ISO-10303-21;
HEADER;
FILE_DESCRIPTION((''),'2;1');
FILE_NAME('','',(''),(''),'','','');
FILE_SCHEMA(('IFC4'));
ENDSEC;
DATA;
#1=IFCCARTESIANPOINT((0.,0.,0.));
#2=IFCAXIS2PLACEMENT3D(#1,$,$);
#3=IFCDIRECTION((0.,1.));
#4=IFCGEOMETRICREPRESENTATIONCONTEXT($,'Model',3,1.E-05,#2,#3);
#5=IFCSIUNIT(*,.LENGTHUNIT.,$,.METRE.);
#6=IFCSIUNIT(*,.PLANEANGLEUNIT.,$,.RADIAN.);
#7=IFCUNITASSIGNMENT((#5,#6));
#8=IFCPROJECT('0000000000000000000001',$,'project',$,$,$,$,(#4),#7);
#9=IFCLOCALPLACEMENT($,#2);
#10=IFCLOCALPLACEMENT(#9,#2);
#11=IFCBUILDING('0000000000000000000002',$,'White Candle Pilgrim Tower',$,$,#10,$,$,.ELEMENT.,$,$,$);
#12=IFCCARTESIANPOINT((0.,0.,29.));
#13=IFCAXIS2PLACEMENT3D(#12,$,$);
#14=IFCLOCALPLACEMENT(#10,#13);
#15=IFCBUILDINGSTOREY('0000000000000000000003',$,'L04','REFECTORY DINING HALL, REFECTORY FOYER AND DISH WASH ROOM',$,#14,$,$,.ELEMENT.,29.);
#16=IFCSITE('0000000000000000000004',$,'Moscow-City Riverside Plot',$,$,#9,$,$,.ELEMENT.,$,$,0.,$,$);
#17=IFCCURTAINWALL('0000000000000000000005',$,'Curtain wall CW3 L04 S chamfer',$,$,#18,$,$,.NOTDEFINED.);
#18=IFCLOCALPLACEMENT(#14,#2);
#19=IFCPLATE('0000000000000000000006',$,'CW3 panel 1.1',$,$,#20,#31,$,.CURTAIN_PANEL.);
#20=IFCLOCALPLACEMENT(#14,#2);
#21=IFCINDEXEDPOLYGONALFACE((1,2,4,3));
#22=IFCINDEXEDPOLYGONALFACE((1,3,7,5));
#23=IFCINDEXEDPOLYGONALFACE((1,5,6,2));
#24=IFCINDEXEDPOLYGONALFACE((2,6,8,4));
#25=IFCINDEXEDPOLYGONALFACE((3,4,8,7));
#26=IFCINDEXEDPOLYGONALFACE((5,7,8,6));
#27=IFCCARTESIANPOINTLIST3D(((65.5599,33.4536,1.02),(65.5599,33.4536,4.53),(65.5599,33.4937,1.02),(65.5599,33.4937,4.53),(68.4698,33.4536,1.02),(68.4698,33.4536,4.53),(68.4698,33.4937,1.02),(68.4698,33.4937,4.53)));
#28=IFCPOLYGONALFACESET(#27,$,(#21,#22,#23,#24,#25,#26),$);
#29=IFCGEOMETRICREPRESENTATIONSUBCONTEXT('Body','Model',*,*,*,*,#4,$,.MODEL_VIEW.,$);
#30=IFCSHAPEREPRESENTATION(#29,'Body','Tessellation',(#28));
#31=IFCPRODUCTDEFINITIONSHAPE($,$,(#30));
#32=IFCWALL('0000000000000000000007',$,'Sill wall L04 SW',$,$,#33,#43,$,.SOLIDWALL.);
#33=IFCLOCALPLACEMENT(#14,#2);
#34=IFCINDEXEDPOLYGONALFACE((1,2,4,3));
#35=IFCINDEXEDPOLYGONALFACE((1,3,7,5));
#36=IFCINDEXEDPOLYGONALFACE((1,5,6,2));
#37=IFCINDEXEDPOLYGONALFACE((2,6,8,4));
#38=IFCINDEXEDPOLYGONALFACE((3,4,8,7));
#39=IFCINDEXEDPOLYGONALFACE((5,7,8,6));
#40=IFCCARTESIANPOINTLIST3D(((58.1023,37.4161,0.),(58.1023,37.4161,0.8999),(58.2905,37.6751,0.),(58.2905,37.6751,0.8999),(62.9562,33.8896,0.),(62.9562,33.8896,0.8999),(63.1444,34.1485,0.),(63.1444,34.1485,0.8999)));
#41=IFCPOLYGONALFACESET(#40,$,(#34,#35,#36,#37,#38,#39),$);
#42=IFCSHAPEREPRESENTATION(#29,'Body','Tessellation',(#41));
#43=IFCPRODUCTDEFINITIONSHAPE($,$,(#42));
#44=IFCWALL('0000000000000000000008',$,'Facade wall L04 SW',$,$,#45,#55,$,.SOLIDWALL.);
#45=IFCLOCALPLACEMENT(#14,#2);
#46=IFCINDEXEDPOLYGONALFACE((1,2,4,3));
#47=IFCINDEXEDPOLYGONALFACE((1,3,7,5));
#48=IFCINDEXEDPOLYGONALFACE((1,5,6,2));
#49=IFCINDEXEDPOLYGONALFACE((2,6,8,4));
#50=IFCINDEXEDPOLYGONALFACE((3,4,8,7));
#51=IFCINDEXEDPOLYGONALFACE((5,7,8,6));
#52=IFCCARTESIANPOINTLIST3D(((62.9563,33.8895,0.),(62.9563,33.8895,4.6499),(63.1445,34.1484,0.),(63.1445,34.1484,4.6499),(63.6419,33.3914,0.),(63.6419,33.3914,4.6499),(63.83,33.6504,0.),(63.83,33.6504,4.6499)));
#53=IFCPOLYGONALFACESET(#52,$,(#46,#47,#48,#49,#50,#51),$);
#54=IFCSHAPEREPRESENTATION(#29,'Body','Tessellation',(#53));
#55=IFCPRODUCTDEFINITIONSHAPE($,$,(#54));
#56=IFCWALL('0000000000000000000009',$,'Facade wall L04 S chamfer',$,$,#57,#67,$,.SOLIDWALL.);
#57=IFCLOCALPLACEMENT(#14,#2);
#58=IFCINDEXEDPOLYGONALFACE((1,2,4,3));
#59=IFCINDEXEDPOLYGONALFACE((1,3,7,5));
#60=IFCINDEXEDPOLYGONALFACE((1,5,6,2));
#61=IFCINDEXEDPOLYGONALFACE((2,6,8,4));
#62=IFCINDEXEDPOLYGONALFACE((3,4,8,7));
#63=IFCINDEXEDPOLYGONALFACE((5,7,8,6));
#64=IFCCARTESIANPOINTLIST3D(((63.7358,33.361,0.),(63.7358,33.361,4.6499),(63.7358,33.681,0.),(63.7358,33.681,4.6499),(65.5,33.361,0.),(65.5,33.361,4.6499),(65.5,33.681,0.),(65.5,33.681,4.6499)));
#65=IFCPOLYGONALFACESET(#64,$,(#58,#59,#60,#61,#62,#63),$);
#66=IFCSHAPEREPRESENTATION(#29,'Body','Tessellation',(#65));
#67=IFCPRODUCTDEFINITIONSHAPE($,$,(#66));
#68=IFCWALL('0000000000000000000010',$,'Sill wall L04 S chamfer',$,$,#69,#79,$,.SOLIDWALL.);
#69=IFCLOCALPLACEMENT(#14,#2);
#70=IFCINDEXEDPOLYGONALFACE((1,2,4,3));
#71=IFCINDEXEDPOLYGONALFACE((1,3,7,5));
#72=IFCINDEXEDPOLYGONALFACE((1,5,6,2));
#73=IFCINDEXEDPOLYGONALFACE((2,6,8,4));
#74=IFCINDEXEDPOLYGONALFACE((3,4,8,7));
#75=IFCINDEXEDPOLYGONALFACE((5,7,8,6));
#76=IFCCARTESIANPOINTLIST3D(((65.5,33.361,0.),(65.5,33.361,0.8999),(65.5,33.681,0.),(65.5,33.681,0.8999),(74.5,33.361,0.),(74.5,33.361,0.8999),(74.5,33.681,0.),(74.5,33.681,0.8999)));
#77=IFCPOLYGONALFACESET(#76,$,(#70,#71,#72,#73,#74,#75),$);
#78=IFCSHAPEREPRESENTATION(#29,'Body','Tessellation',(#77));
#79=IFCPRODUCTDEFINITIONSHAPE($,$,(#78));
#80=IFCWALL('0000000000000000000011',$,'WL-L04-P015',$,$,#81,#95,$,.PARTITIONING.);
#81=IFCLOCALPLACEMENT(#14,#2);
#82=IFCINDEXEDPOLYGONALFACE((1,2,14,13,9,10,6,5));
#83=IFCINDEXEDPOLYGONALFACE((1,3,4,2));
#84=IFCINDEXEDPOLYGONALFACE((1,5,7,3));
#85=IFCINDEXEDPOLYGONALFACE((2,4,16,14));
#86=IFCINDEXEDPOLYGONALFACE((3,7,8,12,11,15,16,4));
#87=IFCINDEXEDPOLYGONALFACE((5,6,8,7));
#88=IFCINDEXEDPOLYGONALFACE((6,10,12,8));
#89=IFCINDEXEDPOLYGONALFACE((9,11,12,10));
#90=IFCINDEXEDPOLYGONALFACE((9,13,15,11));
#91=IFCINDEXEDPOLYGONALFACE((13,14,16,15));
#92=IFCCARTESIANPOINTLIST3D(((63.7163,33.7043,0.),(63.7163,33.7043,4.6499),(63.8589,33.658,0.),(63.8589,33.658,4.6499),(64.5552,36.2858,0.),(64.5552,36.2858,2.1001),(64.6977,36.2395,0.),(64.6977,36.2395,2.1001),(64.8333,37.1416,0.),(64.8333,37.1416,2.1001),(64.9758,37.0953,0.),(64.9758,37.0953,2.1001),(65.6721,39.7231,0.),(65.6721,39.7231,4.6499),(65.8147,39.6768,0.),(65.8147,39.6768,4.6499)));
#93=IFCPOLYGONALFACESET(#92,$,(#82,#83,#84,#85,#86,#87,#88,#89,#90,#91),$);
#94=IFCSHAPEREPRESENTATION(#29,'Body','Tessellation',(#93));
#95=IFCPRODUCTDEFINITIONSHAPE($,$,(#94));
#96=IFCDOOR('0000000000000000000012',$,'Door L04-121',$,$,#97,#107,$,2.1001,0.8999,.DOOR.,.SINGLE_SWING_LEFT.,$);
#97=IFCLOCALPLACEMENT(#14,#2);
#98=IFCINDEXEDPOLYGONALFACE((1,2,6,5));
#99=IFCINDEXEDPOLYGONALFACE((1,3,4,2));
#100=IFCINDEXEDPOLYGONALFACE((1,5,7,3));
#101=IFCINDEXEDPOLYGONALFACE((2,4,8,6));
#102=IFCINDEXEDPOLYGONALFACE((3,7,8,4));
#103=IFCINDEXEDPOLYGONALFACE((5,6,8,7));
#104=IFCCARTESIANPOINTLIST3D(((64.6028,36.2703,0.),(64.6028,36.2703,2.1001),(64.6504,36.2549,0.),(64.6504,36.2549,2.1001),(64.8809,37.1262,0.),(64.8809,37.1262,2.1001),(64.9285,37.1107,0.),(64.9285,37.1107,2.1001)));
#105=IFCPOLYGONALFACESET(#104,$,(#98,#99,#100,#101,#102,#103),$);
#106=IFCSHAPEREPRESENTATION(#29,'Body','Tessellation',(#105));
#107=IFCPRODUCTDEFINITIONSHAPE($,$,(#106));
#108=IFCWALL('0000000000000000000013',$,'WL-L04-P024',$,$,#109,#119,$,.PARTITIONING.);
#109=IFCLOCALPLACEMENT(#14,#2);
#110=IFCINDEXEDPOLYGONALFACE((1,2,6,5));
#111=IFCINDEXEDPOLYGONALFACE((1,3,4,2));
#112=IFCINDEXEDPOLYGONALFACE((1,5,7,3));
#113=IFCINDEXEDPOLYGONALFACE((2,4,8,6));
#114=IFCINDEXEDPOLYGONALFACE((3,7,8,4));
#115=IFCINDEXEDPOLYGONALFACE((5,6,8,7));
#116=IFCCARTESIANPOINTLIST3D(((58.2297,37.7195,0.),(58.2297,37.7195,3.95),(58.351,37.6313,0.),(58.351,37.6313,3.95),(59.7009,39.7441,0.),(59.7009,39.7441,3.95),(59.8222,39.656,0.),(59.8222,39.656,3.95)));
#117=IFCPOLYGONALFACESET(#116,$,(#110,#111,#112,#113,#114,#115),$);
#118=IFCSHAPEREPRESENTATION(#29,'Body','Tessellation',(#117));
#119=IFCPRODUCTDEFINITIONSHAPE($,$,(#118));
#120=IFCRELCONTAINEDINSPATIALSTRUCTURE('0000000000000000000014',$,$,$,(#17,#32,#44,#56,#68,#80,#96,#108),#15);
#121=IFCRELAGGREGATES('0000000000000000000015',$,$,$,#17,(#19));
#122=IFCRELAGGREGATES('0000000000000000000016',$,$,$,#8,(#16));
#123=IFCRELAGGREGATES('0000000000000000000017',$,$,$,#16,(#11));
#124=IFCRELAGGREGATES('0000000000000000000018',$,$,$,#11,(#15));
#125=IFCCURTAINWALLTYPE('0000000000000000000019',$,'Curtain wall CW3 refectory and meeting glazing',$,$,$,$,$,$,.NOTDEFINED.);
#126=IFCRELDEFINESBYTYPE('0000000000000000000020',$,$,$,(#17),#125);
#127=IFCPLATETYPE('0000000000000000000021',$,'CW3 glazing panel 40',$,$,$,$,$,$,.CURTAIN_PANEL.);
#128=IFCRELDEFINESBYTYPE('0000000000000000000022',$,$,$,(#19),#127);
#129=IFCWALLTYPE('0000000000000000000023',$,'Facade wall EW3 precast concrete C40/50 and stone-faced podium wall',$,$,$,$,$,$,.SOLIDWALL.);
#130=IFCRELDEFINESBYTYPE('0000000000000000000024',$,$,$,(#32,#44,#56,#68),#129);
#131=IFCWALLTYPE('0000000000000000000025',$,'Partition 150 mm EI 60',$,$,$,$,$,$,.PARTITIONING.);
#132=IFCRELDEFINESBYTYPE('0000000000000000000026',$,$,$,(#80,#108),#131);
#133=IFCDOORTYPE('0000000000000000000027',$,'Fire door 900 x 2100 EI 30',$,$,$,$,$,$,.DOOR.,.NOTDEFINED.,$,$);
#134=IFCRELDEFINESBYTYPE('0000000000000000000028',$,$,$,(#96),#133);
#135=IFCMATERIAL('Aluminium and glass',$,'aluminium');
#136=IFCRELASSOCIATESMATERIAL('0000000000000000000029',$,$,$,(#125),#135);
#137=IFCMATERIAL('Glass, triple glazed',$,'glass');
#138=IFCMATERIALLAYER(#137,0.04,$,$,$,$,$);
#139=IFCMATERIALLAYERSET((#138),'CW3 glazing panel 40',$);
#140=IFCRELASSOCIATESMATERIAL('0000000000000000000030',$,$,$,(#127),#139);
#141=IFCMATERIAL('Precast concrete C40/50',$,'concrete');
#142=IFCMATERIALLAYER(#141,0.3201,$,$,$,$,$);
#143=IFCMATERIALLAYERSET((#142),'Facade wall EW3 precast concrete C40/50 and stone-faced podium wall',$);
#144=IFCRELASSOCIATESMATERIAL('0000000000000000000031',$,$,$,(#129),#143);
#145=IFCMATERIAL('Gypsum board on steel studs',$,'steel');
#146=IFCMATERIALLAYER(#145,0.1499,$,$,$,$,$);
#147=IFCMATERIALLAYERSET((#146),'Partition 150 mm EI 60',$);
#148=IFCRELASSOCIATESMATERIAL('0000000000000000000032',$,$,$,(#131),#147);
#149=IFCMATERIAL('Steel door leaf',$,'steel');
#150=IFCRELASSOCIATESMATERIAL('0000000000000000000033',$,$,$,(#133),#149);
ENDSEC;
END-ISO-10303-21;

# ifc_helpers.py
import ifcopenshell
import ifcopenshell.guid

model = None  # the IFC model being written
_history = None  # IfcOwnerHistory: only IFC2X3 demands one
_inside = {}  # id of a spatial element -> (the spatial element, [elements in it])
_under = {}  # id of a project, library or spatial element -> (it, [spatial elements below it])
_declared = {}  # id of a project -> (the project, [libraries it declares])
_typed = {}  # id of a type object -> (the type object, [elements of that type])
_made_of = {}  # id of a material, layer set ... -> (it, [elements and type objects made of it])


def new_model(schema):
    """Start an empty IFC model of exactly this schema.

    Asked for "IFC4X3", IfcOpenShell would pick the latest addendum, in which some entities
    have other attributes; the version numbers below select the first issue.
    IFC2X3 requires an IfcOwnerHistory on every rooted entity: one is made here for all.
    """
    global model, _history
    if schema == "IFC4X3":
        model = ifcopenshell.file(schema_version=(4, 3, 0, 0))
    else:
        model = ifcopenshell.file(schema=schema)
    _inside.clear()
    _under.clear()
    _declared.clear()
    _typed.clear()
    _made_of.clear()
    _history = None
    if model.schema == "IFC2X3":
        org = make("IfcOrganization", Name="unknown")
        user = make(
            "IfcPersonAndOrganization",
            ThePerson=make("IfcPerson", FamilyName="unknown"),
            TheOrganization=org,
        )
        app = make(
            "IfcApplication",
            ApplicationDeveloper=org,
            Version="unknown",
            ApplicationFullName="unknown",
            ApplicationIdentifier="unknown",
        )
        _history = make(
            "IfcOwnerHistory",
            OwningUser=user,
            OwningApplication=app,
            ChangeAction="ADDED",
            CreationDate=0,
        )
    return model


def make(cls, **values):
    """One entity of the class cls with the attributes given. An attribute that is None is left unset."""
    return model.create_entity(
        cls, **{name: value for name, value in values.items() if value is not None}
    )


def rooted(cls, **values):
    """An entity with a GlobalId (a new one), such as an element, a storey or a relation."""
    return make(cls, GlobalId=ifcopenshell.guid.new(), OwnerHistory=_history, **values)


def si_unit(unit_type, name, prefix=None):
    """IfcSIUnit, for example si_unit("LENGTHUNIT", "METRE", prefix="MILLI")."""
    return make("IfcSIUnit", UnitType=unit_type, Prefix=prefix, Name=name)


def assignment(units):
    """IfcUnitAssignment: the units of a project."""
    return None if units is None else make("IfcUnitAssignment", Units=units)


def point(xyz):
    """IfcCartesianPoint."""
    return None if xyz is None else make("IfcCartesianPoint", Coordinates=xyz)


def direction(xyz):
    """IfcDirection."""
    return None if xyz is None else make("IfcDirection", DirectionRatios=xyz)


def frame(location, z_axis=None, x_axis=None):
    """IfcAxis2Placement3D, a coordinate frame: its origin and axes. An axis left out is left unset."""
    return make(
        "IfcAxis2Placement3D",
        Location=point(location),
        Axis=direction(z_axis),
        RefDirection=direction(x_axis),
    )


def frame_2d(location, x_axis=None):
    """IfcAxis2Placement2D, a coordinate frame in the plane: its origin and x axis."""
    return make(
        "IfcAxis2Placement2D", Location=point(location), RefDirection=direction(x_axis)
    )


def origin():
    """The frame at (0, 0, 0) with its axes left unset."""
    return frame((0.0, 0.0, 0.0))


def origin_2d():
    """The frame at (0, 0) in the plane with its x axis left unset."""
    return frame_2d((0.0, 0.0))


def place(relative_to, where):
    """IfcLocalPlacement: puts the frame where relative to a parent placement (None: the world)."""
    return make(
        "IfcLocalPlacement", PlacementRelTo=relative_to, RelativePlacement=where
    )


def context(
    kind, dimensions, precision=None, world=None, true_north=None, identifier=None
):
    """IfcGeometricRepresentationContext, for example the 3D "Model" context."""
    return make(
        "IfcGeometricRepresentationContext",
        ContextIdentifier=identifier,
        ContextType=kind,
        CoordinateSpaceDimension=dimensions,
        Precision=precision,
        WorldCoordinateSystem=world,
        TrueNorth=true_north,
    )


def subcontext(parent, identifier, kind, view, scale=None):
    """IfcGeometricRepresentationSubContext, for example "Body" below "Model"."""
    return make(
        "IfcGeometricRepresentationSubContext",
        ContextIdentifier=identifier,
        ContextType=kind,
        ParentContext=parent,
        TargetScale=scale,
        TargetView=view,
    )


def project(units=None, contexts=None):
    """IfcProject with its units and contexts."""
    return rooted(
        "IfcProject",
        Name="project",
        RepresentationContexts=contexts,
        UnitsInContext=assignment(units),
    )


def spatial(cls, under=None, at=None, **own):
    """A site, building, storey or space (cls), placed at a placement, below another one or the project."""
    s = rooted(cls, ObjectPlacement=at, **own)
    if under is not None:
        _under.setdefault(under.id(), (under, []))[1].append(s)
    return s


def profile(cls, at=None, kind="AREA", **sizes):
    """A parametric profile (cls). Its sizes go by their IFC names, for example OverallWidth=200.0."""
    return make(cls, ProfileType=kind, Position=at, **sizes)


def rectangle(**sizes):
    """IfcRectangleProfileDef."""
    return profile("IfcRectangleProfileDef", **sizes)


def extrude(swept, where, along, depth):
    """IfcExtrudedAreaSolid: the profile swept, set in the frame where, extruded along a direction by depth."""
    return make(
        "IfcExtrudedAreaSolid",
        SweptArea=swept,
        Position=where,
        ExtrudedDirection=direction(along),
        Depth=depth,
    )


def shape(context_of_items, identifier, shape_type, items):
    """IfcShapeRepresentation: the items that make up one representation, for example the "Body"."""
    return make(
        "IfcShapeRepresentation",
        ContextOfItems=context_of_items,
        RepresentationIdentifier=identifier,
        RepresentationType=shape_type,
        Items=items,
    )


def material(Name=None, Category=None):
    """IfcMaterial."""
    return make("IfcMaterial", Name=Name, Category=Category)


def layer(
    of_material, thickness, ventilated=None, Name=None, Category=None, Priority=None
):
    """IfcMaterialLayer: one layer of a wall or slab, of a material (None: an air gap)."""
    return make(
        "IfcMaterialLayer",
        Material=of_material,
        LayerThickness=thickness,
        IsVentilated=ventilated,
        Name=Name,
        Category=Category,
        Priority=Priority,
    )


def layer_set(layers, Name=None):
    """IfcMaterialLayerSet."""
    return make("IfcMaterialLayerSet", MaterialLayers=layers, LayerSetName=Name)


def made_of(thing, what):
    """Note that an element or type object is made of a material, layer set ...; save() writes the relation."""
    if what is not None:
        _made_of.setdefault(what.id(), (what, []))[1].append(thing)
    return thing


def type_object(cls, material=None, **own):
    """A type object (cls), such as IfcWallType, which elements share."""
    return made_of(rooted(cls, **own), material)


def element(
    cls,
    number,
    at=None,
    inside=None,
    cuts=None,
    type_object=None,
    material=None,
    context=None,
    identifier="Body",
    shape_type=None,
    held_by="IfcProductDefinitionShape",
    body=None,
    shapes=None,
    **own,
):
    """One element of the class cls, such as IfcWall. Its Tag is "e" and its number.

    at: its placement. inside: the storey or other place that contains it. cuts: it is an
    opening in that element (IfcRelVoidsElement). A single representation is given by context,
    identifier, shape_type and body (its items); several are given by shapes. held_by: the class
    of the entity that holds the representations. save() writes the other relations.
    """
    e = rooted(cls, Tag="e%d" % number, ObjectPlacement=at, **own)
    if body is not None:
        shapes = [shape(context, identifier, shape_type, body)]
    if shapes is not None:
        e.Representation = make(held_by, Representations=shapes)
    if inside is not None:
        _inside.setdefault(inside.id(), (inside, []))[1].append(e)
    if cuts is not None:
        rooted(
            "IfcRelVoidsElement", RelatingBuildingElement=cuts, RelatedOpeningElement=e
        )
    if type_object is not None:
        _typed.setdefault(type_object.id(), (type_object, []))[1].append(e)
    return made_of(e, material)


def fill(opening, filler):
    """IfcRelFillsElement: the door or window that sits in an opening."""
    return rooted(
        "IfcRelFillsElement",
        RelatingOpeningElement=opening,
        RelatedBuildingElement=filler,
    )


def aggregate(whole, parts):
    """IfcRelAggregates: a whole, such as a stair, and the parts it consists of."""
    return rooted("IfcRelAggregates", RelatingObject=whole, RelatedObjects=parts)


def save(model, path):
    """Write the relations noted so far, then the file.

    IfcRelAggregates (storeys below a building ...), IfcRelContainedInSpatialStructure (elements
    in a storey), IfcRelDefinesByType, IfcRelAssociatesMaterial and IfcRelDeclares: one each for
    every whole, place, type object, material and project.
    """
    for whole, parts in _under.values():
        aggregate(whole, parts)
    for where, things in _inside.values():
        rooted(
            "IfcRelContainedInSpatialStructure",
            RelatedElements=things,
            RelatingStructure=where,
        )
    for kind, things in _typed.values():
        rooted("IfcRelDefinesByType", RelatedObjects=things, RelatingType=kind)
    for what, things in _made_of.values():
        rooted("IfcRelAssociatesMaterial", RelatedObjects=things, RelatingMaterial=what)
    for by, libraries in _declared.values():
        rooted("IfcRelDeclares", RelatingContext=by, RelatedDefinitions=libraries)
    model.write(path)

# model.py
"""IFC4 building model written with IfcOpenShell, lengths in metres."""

from ifc_helpers import new_model, si_unit, direction, frame, frame_2d, origin, origin_2d, place, context, subcontext, project, spatial, rectangle, extrude, material, layer, layer_set, type_object, element, fill, aggregate, save


model = new_model("IFC4")

# Units and contexts
model_context = context("Model", 3, precision=1e-05, world=origin(), true_north=direction((0.0, 1.0)))
body_context = subcontext(model_context, "Body", "Model", "MODEL_VIEW")
ifc_project = project(units=[si_unit("LENGTHUNIT", "METRE"), si_unit("PLANEANGLEUNIT", "RADIAN")], contexts=[model_context])

# Site, building, storey
site_placement = place(None, origin())
site = spatial("IfcSite", under=ifc_project, at=site_placement, Name="Moscow-City Riverside Plot", CompositionType="ELEMENT", RefElevation=0.0)
building_placement = place(site_placement, origin())
building = spatial("IfcBuilding", under=site, at=building_placement, Name="White Candle Pilgrim Tower", CompositionType="ELEMENT")
storey_placement = place(building_placement, frame((0.0, 0.0, 29.0)))
storey = spatial("IfcBuildingStorey", under=building, at=storey_placement, Name="L04", Description="REFECTORY DINING HALL, REFECTORY FOYER AND DISH WASH ROOM", CompositionType="ELEMENT", Elevation=29.0)

# Shared definitions
ifc_material_1 = material(Name="Aluminium and glass", Category="aluminium")
curtain_wall_type = type_object("IfcCurtainWallType", Name="Curtain wall CW3 refectory and meeting glazing", PredefinedType="NOTDEFINED", material=ifc_material_1)

# Curtain wall
curtain_wall_1_placement = place(storey_placement, origin())
curtain_wall_1 = element("IfcCurtainWall", 1, at=curtain_wall_1_placement, inside=storey, type_object=curtain_wall_type, Name="Curtain wall CW3 L04 S chamfer", PredefinedType="NOTDEFINED")

# Plate
ifc_material_2 = material(Name="Glass, triple glazed", Category="glass")
ifc_layer_1 = layer(ifc_material_2, 0.04)
ifc_layer_set_1 = layer_set([ifc_layer_1], Name="CW3 glazing panel 40")
plate_type = type_object("IfcPlateType", Name="CW3 glazing panel 40", PredefinedType="CURTAIN_PANEL", material=ifc_layer_set_1)
plate_1_placement = place(storey_placement, frame((67.0149, 33.4736, 1.02), z_axis=(0.0, 0.0, 1.0), x_axis=(1.0, 0.0, 0.0)))
plate_1 = element("IfcPlate", 2, at=plate_1_placement, type_object=plate_type, Name="CW3 panel 1.1", PredefinedType="CURTAIN_PANEL", context=body_context, shape_type="SweptSolid", body=[
    extrude(rectangle(XDim=2.9099, YDim=0.04, at=origin_2d()), origin(), (0.0, 0.0, 1.0), 3.51),
])
aggregate(curtain_wall_1, [plate_1])

# Walls
ifc_material_3 = material(Name="Precast concrete C40/50", Category="concrete")
ifc_layer_2 = layer(ifc_material_3, 0.3201)
ifc_layer_set_2 = layer_set([ifc_layer_2], Name="Facade wall EW3 precast concrete C40/50 and stone-faced podium wall")
wall_type_1 = type_object("IfcWallType", Name="Facade wall EW3 precast concrete C40/50 and stone-faced podium wall", PredefinedType="SOLIDWALL", material=ifc_layer_set_2)
wall_1_placement = place(storey_placement, frame((58.1963, 37.5457, 0.0), z_axis=(0.0, 0.0, 1.0), x_axis=(0.809019, -0.587782, 0.0)))
element("IfcWall", 3, at=wall_1_placement, inside=storey, type_object=wall_type_1, Name="Sill wall L04 SW", PredefinedType="SOLIDWALL", context=body_context, shape_type="SweptSolid", body=[
    extrude(rectangle(XDim=5.9998, YDim=0.3201, at=frame_2d((3.0, 0.0))), origin(), (0.0, 0.0, 1.0), 0.8999),
])
wall_2_placement = place(storey_placement, frame((63.0503, 34.019, 0.0), z_axis=(0.0, 0.0, 1.0), x_axis=(0.809035, -0.58776, 0.0)))
element("IfcWall", 4, at=wall_2_placement, inside=storey, type_object=wall_type_1, Name="Facade wall L04 SW", PredefinedType="SOLIDWALL", context=body_context, shape_type="SweptSolid", body=[
    extrude(rectangle(XDim=0.8474, YDim=0.3201, at=frame_2d((0.4238, 0.0))), origin(), (0.0, 0.0, 1.0), 4.6499),
])
wall_3_placement = place(storey_placement, frame((63.7358, 33.521, 0.0), z_axis=(0.0, 0.0, 1.0), x_axis=(1.0, 0.0, 0.0)))
element("IfcWall", 5, at=wall_3_placement, inside=storey, type_object=wall_type_1, Name="Facade wall L04 S chamfer", PredefinedType="SOLIDWALL", context=body_context, shape_type="SweptSolid", body=[
    extrude(rectangle(XDim=1.7642, YDim=0.3201, at=frame_2d((0.8821, 0.0))), origin(), (0.0, 0.0, 1.0), 4.6499),
])
wall_4_placement = place(storey_placement, frame((65.5, 33.521, 0.0), z_axis=(0.0, 0.0, 1.0), x_axis=(1.0, 0.0, 0.0)))
element("IfcWall", 6, at=wall_4_placement, inside=storey, type_object=wall_type_1, Name="Sill wall L04 S chamfer", PredefinedType="SOLIDWALL", context=body_context, shape_type="SweptSolid", body=[
    extrude(rectangle(XDim=9.0, YDim=0.3201, at=frame_2d((4.5, 0.0))), origin(), (0.0, 0.0, 1.0), 0.8999),
])

# Wall, opening, door
ifc_material_4 = material(Name="Gypsum board on steel studs", Category="steel")
ifc_layer_3 = layer(ifc_material_4, 0.1499)
ifc_layer_set_3 = layer_set([ifc_layer_3], Name="Partition 150 mm EI 60")
wall_type_2 = type_object("IfcWallType", Name="Partition 150 mm EI 60", PredefinedType="PARTITIONING", material=ifc_layer_set_3)
wall_5_placement = place(storey_placement, frame((63.7876, 33.6812, 0.0), z_axis=(0.0, 0.0, 1.0), x_axis=(0.309043, 0.951048, 0.0)))
wall_5 = element("IfcWall", 7, at=wall_5_placement, inside=storey, type_object=wall_type_2, Name="WL-L04-P015", PredefinedType="PARTITIONING", context=body_context, shape_type="SweptSolid", body=[
    extrude(rectangle(XDim=6.3286, YDim=0.1499, at=frame_2d((3.1643, 0.0))), origin(), (0.0, 0.0, 1.0), 4.6499),
])
opening_placement = place(wall_5_placement, frame((2.7144, 0.0, 0.0)))
opening = element("IfcOpeningElement", 8, at=opening_placement, cuts=wall_5, PredefinedType="OPENING", context=body_context, shape_type="SweptSolid", body=[
    extrude(rectangle(XDim=0.8999, YDim=2.1001, at=frame_2d((0.45, 1.05))), frame((0.0, 0.085, 0.0), z_axis=(0.0, -1.0, 0.0), x_axis=(1.0, 0.0, 0.0)), (0.0, 0.0, 1.0), 0.1699),
])
ifc_material_5 = material(Name="Steel door leaf", Category="steel")
door_type = type_object("IfcDoorType", Name="Fire door 900 x 2100 EI 30", OperationType="NOTDEFINED", PredefinedType="DOOR", material=ifc_material_5)
door_placement = place(opening_placement, origin())
door = element("IfcDoor", 9, at=door_placement, inside=storey, type_object=door_type, Name="Door L04-121", OperationType="SINGLE_SWING_LEFT", OverallHeight=2.1001, OverallWidth=0.8999, PredefinedType="DOOR", context=body_context, shape_type="SweptSolid", body=[
    extrude(rectangle(XDim=0.8999, YDim=2.1001, at=frame_2d((0.45, 1.05))), frame((0.0, 0.0249, 0.0), z_axis=(0.0, -1.0, 0.0), x_axis=(1.0, 0.0, 0.0)), (0.0, 0.0, 1.0), 0.05),
])
fill(opening, door)

# Wall
wall_6_placement = place(storey_placement, frame((58.2903, 37.6753, 0.0), z_axis=(0.0, 0.0, 1.0), x_axis=(0.587835, 0.808981, 0.0)))
element("IfcWall", 10, at=wall_6_placement, inside=storey, type_object=wall_type_2, Name="WL-L04-P024", PredefinedType="PARTITIONING", context=body_context, shape_type="SweptSolid", body=[
    extrude(rectangle(XDim=2.5027, YDim=0.1499, at=frame_2d((1.2515, 0.0))), origin(), (0.0, 0.0, 1.0), 3.95),
])

save(model, "model.ifc")
